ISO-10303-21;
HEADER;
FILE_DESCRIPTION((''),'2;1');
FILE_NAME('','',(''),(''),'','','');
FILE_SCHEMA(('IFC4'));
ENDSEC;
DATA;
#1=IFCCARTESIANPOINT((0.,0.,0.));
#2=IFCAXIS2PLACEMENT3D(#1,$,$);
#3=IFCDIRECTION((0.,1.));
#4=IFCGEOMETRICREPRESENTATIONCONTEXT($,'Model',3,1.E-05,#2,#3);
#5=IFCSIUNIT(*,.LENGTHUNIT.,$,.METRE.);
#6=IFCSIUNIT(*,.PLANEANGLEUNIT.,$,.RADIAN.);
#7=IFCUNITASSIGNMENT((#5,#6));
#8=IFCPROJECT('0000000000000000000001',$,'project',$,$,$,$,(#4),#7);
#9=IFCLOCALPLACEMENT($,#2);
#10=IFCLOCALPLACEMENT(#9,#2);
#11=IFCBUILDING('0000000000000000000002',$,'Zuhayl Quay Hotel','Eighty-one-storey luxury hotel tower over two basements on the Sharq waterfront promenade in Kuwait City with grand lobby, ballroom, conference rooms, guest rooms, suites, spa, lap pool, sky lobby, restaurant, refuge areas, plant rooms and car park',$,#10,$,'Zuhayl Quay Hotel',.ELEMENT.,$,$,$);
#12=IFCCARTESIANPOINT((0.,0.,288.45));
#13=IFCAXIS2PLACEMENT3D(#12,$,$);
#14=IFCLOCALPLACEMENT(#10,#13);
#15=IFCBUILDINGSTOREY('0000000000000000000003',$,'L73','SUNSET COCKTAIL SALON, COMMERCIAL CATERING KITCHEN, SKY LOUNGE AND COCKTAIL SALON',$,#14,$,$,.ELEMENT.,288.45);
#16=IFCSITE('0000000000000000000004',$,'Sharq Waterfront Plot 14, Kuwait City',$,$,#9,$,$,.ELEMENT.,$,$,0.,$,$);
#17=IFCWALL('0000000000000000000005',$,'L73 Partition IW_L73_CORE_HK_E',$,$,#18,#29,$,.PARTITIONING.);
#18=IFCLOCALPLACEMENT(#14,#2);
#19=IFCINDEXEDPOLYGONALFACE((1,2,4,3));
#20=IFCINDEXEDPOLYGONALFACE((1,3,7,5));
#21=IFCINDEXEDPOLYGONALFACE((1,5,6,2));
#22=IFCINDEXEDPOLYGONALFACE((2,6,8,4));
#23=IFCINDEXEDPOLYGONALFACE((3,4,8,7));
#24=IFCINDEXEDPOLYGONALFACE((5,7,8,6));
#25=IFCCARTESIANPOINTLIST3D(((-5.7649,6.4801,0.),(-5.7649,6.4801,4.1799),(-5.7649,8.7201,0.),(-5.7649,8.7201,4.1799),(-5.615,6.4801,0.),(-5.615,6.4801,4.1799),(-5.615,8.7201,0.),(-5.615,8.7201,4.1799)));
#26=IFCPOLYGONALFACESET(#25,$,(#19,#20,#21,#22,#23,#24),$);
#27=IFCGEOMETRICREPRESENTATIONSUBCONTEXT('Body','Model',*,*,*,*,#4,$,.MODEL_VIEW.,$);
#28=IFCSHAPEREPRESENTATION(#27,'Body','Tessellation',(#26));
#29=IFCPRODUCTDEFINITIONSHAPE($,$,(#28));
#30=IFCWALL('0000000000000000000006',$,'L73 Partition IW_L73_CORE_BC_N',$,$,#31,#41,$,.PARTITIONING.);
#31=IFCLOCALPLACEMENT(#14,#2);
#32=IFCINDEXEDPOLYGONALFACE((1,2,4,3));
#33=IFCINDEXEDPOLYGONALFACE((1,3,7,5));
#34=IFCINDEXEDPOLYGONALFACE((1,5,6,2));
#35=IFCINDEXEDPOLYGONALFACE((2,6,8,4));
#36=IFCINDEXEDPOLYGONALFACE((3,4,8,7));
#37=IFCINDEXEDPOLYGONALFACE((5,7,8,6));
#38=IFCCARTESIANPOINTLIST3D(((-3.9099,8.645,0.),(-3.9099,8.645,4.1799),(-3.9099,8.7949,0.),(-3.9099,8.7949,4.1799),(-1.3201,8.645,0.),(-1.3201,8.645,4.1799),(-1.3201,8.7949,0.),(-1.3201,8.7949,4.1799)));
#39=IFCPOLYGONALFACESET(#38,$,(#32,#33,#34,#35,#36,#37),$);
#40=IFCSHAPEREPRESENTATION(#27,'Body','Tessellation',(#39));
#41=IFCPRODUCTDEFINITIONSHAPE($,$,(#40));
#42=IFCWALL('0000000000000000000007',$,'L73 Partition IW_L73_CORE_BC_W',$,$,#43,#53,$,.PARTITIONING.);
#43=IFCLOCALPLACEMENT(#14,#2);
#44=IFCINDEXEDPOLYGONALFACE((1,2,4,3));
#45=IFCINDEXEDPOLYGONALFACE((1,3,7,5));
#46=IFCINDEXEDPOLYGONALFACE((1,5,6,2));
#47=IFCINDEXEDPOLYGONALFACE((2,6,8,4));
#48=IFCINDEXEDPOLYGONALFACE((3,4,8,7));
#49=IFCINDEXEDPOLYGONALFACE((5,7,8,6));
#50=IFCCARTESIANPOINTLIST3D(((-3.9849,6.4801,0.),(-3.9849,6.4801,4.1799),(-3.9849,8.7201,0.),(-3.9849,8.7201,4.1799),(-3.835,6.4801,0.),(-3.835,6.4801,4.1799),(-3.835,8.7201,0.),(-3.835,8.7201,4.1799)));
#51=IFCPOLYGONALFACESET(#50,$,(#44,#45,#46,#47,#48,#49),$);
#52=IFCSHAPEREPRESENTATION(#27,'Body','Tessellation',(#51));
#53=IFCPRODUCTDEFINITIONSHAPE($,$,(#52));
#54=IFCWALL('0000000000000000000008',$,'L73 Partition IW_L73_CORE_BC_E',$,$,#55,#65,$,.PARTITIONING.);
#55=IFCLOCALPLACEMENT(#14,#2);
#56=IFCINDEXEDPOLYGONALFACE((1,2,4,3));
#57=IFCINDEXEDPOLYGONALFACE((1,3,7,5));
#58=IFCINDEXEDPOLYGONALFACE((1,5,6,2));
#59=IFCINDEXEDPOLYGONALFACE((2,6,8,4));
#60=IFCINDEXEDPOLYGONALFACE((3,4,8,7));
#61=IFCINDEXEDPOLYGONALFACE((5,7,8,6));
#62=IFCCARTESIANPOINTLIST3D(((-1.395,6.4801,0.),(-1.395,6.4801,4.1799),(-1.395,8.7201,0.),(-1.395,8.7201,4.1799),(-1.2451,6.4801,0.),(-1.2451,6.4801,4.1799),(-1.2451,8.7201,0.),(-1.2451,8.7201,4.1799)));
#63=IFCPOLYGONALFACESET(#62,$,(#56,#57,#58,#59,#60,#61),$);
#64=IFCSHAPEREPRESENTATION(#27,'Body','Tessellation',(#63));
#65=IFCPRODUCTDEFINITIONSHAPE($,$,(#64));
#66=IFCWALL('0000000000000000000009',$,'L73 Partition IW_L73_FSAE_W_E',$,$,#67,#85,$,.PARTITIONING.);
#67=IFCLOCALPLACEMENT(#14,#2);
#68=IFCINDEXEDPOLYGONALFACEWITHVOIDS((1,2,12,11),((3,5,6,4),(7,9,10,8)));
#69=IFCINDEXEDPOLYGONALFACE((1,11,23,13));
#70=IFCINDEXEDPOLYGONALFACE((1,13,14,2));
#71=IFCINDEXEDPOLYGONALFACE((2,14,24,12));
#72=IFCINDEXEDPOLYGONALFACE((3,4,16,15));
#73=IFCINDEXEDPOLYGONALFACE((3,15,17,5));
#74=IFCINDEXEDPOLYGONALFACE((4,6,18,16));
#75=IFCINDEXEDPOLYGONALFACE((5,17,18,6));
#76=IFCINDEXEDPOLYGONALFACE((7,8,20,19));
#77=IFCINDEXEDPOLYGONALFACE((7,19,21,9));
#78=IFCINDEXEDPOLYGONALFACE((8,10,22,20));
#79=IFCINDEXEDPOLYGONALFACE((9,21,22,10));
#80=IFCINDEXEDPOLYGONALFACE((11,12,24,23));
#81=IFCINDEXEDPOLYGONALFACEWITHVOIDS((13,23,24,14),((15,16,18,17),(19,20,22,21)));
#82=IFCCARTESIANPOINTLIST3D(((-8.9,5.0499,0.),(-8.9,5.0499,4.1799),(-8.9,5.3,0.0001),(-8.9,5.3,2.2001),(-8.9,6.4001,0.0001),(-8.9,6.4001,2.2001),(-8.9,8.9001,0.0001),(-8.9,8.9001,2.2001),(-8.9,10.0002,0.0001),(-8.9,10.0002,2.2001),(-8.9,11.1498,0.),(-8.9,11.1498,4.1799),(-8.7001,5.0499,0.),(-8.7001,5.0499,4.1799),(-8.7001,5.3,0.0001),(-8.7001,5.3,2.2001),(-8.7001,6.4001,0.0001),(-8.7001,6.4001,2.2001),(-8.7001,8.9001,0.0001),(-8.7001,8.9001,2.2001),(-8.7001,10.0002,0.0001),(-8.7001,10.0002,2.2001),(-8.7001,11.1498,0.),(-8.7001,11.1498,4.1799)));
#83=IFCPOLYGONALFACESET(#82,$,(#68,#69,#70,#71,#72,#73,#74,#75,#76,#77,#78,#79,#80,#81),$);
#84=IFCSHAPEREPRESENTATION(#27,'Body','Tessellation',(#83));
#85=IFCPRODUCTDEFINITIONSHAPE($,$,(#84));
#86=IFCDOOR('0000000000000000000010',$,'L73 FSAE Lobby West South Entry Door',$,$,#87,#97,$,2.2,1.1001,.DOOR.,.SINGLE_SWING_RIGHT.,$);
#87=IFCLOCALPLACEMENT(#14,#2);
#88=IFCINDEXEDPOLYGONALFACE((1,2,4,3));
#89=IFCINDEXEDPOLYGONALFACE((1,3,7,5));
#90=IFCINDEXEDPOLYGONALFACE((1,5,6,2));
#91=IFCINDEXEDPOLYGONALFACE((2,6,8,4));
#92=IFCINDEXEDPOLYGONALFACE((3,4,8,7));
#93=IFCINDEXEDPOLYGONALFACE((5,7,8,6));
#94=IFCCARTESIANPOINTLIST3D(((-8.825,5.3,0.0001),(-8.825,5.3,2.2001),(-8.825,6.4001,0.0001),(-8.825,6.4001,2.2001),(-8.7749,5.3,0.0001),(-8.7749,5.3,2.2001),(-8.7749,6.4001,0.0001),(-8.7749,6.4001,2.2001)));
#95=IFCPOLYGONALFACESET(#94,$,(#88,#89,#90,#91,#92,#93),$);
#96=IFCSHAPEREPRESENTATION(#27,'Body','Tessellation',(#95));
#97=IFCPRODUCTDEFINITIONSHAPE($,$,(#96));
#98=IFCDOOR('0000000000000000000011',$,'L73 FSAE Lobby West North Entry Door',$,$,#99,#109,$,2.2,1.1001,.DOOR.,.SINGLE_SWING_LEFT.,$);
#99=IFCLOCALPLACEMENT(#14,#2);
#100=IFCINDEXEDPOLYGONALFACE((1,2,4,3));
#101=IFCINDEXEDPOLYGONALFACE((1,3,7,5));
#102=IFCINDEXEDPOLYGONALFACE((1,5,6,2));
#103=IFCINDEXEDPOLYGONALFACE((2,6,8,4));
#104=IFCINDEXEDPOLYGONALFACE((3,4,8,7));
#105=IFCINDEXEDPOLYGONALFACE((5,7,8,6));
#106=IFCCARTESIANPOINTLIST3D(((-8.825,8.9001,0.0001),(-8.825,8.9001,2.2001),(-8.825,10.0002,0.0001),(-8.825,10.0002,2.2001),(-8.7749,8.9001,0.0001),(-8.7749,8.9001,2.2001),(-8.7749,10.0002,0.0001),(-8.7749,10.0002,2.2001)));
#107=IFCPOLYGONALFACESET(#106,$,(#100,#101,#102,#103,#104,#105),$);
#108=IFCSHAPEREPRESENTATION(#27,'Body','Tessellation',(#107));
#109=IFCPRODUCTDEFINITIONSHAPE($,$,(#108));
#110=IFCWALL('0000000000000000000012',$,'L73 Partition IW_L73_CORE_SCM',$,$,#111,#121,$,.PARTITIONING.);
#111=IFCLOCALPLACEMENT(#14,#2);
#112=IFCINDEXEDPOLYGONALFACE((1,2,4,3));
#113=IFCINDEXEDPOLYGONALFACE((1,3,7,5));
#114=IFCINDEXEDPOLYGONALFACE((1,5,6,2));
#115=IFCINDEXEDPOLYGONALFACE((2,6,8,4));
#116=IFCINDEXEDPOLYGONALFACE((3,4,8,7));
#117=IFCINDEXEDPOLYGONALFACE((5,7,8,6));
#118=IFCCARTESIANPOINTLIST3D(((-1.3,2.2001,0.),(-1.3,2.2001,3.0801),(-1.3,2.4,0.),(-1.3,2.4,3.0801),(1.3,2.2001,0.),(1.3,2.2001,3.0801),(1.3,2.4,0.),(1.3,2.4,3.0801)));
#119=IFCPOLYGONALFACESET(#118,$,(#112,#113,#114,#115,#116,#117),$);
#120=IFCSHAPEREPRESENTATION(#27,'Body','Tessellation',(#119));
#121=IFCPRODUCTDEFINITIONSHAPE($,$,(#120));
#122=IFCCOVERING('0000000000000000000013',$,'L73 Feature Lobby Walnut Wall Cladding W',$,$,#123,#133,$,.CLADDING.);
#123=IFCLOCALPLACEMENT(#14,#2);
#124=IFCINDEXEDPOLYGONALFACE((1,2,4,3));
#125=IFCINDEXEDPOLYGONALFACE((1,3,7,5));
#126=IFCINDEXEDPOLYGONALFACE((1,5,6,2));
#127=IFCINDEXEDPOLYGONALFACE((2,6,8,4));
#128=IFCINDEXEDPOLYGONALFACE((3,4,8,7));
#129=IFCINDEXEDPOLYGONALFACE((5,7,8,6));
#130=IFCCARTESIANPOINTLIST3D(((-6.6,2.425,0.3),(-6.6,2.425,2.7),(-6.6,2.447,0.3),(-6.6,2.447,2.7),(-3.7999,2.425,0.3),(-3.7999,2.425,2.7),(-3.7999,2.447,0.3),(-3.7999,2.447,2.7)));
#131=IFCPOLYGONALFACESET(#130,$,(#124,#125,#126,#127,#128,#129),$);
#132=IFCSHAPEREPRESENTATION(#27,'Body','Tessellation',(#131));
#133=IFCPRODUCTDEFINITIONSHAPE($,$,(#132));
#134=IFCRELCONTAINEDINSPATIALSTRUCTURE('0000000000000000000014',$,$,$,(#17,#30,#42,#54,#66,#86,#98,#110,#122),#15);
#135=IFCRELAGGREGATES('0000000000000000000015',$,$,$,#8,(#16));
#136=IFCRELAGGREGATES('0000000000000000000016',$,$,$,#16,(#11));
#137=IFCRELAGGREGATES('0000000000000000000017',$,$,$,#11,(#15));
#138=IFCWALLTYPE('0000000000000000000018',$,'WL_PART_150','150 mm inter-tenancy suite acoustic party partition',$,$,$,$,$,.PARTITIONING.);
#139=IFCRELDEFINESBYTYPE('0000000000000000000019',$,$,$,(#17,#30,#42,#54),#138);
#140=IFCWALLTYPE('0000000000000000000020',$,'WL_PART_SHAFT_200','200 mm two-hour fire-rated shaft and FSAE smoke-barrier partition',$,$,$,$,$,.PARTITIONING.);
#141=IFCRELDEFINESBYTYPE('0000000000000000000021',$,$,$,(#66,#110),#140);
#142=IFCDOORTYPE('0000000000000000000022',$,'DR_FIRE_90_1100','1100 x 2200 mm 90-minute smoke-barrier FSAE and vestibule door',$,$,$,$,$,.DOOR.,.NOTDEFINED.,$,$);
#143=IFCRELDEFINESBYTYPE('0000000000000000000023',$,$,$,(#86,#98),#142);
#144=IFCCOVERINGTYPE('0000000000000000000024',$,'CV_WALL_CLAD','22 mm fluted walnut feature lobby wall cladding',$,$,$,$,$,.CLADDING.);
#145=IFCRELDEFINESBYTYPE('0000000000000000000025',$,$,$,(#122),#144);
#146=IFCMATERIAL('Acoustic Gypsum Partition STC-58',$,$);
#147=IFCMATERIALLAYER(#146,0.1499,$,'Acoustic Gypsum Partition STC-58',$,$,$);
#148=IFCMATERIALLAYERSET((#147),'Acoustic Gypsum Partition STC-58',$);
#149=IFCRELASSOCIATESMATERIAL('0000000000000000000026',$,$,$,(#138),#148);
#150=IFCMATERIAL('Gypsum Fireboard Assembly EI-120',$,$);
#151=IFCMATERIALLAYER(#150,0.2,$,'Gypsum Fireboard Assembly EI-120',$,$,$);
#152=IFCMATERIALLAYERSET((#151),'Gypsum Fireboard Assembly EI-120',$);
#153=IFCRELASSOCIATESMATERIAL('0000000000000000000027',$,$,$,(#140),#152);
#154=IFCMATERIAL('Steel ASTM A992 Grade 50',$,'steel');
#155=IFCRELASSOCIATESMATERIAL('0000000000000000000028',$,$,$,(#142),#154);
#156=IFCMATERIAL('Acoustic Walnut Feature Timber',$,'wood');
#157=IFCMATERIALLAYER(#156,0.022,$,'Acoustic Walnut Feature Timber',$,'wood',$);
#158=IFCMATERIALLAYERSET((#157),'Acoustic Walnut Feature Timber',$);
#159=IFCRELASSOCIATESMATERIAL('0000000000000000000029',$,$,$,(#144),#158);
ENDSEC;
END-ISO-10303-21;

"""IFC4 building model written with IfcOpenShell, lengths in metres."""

from ifc_helpers import new_model, si_unit, direction, frame, frame_2d, origin, origin_2d, place, context, subcontext, project, spatial, rectangle, extrude, material, layer, layer_set, type_object, element, fill, save


model = new_model("IFC4")

# Units and contexts
model_context = context("Model", 3, precision=1e-05, world=origin(), true_north=direction((0.0, 1.0)))
body_context = subcontext(model_context, "Body", "Model", "MODEL_VIEW")
ifc_project = project(units=[si_unit("LENGTHUNIT", "METRE"), si_unit("PLANEANGLEUNIT", "RADIAN")], contexts=[model_context])

# Site, building, storey
site_placement = place(None, origin())
site = spatial("IfcSite", under=ifc_project, at=site_placement, Name="Sharq Waterfront Plot 14, Kuwait City", CompositionType="ELEMENT", RefElevation=0.0)
building_placement = place(site_placement, origin())
building = spatial("IfcBuilding", under=site, at=building_placement, Name="Zuhayl Quay Hotel", Description="Eighty-one-storey luxury hotel tower over two basements on the Sharq waterfront promenade in Kuwait City with grand lobby, ballroom, conference rooms, guest rooms, suites, spa, lap pool, sky lobby, restaurant, refuge areas, plant rooms and car park", LongName="Zuhayl Quay Hotel", CompositionType="ELEMENT")
storey_placement = place(building_placement, frame((0.0, 0.0, 288.45)))
storey = spatial("IfcBuildingStorey", under=building, at=storey_placement, Name="L73", Description="SUNSET COCKTAIL SALON, COMMERCIAL CATERING KITCHEN, SKY LOUNGE AND COCKTAIL SALON", CompositionType="ELEMENT", Elevation=288.45)

# Shared definitions
ifc_material_1 = material(Name="Acoustic Gypsum Partition STC-58")
ifc_layer_1 = layer(ifc_material_1, 0.1499, Name="Acoustic Gypsum Partition STC-58")
ifc_layer_set_1 = layer_set([ifc_layer_1], Name="Acoustic Gypsum Partition STC-58")
wall_type_1 = type_object("IfcWallType", Name="WL_PART_150", Description="150 mm inter-tenancy suite acoustic party partition", PredefinedType="PARTITIONING", material=ifc_layer_set_1)
ifc_material_2 = material(Name="Steel ASTM A992 Grade 50", Category="steel")

# Walls
for number, where, z_axis, x_axis, name in (
    (1, (-5.6899, 6.48, 0.0), (0.0, 0.0, 1.0), (0.0, 1.0, 0.0), "L73 Partition IW_L73_CORE_HK_E"),
):
    element("IfcWall", number, at=place(storey_placement, frame(where, z_axis=z_axis, x_axis=x_axis)), inside=storey, type_object=wall_type_1, Name=name, PredefinedType="PARTITIONING", context=body_context, shape_type="SweptSolid", body=[
        extrude(rectangle(XDim=2.24, YDim=0.1499, at=frame_2d((1.1201, 0.0))), origin(), (0.0, 0.0, 1.0), 4.1799),
    ])
wall_1_placement = place(storey_placement, frame((-3.9099, 8.72, 0.0), z_axis=(0.0, 0.0, 1.0), x_axis=(1.0, 0.0, 0.0)))
element("IfcWall", 2, at=wall_1_placement, inside=storey, type_object=wall_type_1, Name="L73 Partition IW_L73_CORE_BC_N", PredefinedType="PARTITIONING", context=body_context, shape_type="SweptSolid", body=[
    extrude(rectangle(XDim=2.5898, YDim=0.1499, at=frame_2d((1.2949, 0.0))), origin(), (0.0, 0.0, 1.0), 4.1799),
])
for number, where, z_axis, x_axis, name in (
    (3, (-3.9099, 6.48, 0.0), (0.0, 0.0, 1.0), (0.0, 1.0, 0.0), "L73 Partition IW_L73_CORE_BC_W"),
    (4, (-1.3201, 6.48, 0.0), (0.0, 0.0, 1.0), (0.0, 1.0, 0.0), "L73 Partition IW_L73_CORE_BC_E"),
):
    element("IfcWall", number, at=place(storey_placement, frame(where, z_axis=z_axis, x_axis=x_axis)), inside=storey, type_object=wall_type_1, Name=name, PredefinedType="PARTITIONING", context=body_context, shape_type="SweptSolid", body=[
        extrude(rectangle(XDim=2.24, YDim=0.1499, at=frame_2d((1.1201, 0.0))), origin(), (0.0, 0.0, 1.0), 4.1799),
    ])

# Wall, openings, doors
ifc_material_3 = material(Name="Gypsum Fireboard Assembly EI-120")
ifc_layer_2 = layer(ifc_material_3, 0.2, Name="Gypsum Fireboard Assembly EI-120")
ifc_layer_set_2 = layer_set([ifc_layer_2], Name="Gypsum Fireboard Assembly EI-120")
wall_type_2 = type_object("IfcWallType", Name="WL_PART_SHAFT_200", Description="200 mm two-hour fire-rated shaft and FSAE smoke-barrier partition", PredefinedType="PARTITIONING", material=ifc_layer_set_2)
wall_2_placement = place(storey_placement, frame((-8.8, 5.05, 0.0), z_axis=(0.0, 0.0, 1.0), x_axis=(0.0, 1.0, 0.0)))
wall_2 = element("IfcWall", 5, at=wall_2_placement, inside=storey, type_object=wall_type_2, Name="L73 Partition IW_L73_FSAE_W_E", PredefinedType="PARTITIONING", context=body_context, shape_type="SweptSolid", body=[
    extrude(rectangle(XDim=6.0999, YDim=0.2, at=frame_2d((3.0498, 0.0))), origin(), (0.0, 0.0, 1.0), 4.1799),
])
opening_1_placement = place(wall_2_placement, frame((0.25, 0.0, 0.0)))
opening_1 = element("IfcOpeningElement", 6, at=opening_1_placement, cuts=wall_2, PredefinedType="OPENING", context=body_context, shape_type="SweptSolid", body=[
    extrude(rectangle(XDim=1.1001, YDim=2.2, at=frame_2d((0.55, 1.1001))), frame((0.0, 0.1099, 0.0), z_axis=(0.0, -1.0, 0.0), x_axis=(1.0, 0.0, 0.0)), (0.0, 0.0, 1.0), 0.22),
])
opening_2_placement = place(wall_2_placement, frame((3.8501, 0.0, 0.0)))
opening_2 = element("IfcOpeningElement", 7, at=opening_2_placement, cuts=wall_2, PredefinedType="OPENING", context=body_context, shape_type="SweptSolid", body=[
    extrude(rectangle(XDim=1.1001, YDim=2.2, at=frame_2d((0.55, 1.1001))), frame((0.0, 0.1099, 0.0), z_axis=(0.0, -1.0, 0.0), x_axis=(1.0, 0.0, 0.0)), (0.0, 0.0, 1.0), 0.22),
])
door_type_1 = type_object("IfcDoorType", Name="DR_FIRE_90_1100", Description="1100 x 2200 mm 90-minute smoke-barrier FSAE and vestibule door", OperationType="NOTDEFINED", PredefinedType="DOOR", material=ifc_material_2)
door_1_placement = place(opening_1_placement, origin())
door_1 = element("IfcDoor", 8, at=door_1_placement, inside=storey, type_object=door_type_1, Name="L73 FSAE Lobby West South Entry Door", OperationType="SINGLE_SWING_RIGHT", OverallHeight=2.2, OverallWidth=1.1001, PredefinedType="DOOR", context=body_context, shape_type="SweptSolid", body=[
    extrude(rectangle(XDim=1.1001, YDim=2.2, at=frame_2d((0.55, 1.1001))), frame((0.0, 0.0249, 0.0), z_axis=(0.0, -1.0, 0.0), x_axis=(1.0, 0.0, 0.0)), (0.0, 0.0, 1.0), 0.05),
])
fill(opening_1, door_1)
door_2_placement = place(opening_2_placement, origin())
door_2 = element("IfcDoor", 9, at=door_2_placement, inside=storey, type_object=door_type_1, Name="L73 FSAE Lobby West North Entry Door", OperationType="SINGLE_SWING_LEFT", OverallHeight=2.2, OverallWidth=1.1001, PredefinedType="DOOR", context=body_context, shape_type="SweptSolid", body=[
    extrude(rectangle(XDim=1.1001, YDim=2.2, at=frame_2d((0.55, 1.1001))), frame((0.0, 0.0249, 0.0), z_axis=(0.0, -1.0, 0.0), x_axis=(1.0, 0.0, 0.0)), (0.0, 0.0, 1.0), 0.05),
])
fill(opening_2, door_2)

# Wall
wall_3_placement = place(storey_placement, frame((-1.3, 2.3, 0.0), z_axis=(0.0, 0.0, 1.0), x_axis=(1.0, 0.0, 0.0)))
element("IfcWall", 10, at=wall_3_placement, inside=storey, type_object=wall_type_2, Name="L73 Partition IW_L73_CORE_SCM", PredefinedType="PARTITIONING", context=body_context, shape_type="SweptSolid", body=[
    extrude(rectangle(XDim=2.6001, YDim=0.2, at=frame_2d((1.3, 0.0))), origin(), (0.0, 0.0, 1.0), 3.0801),
])

# Covering
ifc_material_4 = material(Name="Acoustic Walnut Feature Timber", Category="wood")
ifc_layer_3 = layer(ifc_material_4, 0.022, Name="Acoustic Walnut Feature Timber", Category="wood")
ifc_layer_set_3 = layer_set([ifc_layer_3], Name="Acoustic Walnut Feature Timber")
covering_type = type_object("IfcCoveringType", Name="CV_WALL_CLAD", Description="22 mm fluted walnut feature lobby wall cladding", PredefinedType="CLADDING", material=ifc_layer_set_3)
covering_placement = place(storey_placement, frame((-5.2, 2.436, 0.3), z_axis=(0.0, 0.0, 1.0), x_axis=(1.0, 0.0, 0.0)))
element("IfcCovering", 11, at=covering_placement, inside=storey, type_object=covering_type, Name="L73 Feature Lobby Walnut Wall Cladding W", PredefinedType="CLADDING", context=body_context, shape_type="SweptSolid", body=[
    extrude(rectangle(XDim=2.8, YDim=0.022, at=origin_2d()), origin(), (0.0, 0.0, 1.0), 2.3999),
])

save(model, "model.ifc")
